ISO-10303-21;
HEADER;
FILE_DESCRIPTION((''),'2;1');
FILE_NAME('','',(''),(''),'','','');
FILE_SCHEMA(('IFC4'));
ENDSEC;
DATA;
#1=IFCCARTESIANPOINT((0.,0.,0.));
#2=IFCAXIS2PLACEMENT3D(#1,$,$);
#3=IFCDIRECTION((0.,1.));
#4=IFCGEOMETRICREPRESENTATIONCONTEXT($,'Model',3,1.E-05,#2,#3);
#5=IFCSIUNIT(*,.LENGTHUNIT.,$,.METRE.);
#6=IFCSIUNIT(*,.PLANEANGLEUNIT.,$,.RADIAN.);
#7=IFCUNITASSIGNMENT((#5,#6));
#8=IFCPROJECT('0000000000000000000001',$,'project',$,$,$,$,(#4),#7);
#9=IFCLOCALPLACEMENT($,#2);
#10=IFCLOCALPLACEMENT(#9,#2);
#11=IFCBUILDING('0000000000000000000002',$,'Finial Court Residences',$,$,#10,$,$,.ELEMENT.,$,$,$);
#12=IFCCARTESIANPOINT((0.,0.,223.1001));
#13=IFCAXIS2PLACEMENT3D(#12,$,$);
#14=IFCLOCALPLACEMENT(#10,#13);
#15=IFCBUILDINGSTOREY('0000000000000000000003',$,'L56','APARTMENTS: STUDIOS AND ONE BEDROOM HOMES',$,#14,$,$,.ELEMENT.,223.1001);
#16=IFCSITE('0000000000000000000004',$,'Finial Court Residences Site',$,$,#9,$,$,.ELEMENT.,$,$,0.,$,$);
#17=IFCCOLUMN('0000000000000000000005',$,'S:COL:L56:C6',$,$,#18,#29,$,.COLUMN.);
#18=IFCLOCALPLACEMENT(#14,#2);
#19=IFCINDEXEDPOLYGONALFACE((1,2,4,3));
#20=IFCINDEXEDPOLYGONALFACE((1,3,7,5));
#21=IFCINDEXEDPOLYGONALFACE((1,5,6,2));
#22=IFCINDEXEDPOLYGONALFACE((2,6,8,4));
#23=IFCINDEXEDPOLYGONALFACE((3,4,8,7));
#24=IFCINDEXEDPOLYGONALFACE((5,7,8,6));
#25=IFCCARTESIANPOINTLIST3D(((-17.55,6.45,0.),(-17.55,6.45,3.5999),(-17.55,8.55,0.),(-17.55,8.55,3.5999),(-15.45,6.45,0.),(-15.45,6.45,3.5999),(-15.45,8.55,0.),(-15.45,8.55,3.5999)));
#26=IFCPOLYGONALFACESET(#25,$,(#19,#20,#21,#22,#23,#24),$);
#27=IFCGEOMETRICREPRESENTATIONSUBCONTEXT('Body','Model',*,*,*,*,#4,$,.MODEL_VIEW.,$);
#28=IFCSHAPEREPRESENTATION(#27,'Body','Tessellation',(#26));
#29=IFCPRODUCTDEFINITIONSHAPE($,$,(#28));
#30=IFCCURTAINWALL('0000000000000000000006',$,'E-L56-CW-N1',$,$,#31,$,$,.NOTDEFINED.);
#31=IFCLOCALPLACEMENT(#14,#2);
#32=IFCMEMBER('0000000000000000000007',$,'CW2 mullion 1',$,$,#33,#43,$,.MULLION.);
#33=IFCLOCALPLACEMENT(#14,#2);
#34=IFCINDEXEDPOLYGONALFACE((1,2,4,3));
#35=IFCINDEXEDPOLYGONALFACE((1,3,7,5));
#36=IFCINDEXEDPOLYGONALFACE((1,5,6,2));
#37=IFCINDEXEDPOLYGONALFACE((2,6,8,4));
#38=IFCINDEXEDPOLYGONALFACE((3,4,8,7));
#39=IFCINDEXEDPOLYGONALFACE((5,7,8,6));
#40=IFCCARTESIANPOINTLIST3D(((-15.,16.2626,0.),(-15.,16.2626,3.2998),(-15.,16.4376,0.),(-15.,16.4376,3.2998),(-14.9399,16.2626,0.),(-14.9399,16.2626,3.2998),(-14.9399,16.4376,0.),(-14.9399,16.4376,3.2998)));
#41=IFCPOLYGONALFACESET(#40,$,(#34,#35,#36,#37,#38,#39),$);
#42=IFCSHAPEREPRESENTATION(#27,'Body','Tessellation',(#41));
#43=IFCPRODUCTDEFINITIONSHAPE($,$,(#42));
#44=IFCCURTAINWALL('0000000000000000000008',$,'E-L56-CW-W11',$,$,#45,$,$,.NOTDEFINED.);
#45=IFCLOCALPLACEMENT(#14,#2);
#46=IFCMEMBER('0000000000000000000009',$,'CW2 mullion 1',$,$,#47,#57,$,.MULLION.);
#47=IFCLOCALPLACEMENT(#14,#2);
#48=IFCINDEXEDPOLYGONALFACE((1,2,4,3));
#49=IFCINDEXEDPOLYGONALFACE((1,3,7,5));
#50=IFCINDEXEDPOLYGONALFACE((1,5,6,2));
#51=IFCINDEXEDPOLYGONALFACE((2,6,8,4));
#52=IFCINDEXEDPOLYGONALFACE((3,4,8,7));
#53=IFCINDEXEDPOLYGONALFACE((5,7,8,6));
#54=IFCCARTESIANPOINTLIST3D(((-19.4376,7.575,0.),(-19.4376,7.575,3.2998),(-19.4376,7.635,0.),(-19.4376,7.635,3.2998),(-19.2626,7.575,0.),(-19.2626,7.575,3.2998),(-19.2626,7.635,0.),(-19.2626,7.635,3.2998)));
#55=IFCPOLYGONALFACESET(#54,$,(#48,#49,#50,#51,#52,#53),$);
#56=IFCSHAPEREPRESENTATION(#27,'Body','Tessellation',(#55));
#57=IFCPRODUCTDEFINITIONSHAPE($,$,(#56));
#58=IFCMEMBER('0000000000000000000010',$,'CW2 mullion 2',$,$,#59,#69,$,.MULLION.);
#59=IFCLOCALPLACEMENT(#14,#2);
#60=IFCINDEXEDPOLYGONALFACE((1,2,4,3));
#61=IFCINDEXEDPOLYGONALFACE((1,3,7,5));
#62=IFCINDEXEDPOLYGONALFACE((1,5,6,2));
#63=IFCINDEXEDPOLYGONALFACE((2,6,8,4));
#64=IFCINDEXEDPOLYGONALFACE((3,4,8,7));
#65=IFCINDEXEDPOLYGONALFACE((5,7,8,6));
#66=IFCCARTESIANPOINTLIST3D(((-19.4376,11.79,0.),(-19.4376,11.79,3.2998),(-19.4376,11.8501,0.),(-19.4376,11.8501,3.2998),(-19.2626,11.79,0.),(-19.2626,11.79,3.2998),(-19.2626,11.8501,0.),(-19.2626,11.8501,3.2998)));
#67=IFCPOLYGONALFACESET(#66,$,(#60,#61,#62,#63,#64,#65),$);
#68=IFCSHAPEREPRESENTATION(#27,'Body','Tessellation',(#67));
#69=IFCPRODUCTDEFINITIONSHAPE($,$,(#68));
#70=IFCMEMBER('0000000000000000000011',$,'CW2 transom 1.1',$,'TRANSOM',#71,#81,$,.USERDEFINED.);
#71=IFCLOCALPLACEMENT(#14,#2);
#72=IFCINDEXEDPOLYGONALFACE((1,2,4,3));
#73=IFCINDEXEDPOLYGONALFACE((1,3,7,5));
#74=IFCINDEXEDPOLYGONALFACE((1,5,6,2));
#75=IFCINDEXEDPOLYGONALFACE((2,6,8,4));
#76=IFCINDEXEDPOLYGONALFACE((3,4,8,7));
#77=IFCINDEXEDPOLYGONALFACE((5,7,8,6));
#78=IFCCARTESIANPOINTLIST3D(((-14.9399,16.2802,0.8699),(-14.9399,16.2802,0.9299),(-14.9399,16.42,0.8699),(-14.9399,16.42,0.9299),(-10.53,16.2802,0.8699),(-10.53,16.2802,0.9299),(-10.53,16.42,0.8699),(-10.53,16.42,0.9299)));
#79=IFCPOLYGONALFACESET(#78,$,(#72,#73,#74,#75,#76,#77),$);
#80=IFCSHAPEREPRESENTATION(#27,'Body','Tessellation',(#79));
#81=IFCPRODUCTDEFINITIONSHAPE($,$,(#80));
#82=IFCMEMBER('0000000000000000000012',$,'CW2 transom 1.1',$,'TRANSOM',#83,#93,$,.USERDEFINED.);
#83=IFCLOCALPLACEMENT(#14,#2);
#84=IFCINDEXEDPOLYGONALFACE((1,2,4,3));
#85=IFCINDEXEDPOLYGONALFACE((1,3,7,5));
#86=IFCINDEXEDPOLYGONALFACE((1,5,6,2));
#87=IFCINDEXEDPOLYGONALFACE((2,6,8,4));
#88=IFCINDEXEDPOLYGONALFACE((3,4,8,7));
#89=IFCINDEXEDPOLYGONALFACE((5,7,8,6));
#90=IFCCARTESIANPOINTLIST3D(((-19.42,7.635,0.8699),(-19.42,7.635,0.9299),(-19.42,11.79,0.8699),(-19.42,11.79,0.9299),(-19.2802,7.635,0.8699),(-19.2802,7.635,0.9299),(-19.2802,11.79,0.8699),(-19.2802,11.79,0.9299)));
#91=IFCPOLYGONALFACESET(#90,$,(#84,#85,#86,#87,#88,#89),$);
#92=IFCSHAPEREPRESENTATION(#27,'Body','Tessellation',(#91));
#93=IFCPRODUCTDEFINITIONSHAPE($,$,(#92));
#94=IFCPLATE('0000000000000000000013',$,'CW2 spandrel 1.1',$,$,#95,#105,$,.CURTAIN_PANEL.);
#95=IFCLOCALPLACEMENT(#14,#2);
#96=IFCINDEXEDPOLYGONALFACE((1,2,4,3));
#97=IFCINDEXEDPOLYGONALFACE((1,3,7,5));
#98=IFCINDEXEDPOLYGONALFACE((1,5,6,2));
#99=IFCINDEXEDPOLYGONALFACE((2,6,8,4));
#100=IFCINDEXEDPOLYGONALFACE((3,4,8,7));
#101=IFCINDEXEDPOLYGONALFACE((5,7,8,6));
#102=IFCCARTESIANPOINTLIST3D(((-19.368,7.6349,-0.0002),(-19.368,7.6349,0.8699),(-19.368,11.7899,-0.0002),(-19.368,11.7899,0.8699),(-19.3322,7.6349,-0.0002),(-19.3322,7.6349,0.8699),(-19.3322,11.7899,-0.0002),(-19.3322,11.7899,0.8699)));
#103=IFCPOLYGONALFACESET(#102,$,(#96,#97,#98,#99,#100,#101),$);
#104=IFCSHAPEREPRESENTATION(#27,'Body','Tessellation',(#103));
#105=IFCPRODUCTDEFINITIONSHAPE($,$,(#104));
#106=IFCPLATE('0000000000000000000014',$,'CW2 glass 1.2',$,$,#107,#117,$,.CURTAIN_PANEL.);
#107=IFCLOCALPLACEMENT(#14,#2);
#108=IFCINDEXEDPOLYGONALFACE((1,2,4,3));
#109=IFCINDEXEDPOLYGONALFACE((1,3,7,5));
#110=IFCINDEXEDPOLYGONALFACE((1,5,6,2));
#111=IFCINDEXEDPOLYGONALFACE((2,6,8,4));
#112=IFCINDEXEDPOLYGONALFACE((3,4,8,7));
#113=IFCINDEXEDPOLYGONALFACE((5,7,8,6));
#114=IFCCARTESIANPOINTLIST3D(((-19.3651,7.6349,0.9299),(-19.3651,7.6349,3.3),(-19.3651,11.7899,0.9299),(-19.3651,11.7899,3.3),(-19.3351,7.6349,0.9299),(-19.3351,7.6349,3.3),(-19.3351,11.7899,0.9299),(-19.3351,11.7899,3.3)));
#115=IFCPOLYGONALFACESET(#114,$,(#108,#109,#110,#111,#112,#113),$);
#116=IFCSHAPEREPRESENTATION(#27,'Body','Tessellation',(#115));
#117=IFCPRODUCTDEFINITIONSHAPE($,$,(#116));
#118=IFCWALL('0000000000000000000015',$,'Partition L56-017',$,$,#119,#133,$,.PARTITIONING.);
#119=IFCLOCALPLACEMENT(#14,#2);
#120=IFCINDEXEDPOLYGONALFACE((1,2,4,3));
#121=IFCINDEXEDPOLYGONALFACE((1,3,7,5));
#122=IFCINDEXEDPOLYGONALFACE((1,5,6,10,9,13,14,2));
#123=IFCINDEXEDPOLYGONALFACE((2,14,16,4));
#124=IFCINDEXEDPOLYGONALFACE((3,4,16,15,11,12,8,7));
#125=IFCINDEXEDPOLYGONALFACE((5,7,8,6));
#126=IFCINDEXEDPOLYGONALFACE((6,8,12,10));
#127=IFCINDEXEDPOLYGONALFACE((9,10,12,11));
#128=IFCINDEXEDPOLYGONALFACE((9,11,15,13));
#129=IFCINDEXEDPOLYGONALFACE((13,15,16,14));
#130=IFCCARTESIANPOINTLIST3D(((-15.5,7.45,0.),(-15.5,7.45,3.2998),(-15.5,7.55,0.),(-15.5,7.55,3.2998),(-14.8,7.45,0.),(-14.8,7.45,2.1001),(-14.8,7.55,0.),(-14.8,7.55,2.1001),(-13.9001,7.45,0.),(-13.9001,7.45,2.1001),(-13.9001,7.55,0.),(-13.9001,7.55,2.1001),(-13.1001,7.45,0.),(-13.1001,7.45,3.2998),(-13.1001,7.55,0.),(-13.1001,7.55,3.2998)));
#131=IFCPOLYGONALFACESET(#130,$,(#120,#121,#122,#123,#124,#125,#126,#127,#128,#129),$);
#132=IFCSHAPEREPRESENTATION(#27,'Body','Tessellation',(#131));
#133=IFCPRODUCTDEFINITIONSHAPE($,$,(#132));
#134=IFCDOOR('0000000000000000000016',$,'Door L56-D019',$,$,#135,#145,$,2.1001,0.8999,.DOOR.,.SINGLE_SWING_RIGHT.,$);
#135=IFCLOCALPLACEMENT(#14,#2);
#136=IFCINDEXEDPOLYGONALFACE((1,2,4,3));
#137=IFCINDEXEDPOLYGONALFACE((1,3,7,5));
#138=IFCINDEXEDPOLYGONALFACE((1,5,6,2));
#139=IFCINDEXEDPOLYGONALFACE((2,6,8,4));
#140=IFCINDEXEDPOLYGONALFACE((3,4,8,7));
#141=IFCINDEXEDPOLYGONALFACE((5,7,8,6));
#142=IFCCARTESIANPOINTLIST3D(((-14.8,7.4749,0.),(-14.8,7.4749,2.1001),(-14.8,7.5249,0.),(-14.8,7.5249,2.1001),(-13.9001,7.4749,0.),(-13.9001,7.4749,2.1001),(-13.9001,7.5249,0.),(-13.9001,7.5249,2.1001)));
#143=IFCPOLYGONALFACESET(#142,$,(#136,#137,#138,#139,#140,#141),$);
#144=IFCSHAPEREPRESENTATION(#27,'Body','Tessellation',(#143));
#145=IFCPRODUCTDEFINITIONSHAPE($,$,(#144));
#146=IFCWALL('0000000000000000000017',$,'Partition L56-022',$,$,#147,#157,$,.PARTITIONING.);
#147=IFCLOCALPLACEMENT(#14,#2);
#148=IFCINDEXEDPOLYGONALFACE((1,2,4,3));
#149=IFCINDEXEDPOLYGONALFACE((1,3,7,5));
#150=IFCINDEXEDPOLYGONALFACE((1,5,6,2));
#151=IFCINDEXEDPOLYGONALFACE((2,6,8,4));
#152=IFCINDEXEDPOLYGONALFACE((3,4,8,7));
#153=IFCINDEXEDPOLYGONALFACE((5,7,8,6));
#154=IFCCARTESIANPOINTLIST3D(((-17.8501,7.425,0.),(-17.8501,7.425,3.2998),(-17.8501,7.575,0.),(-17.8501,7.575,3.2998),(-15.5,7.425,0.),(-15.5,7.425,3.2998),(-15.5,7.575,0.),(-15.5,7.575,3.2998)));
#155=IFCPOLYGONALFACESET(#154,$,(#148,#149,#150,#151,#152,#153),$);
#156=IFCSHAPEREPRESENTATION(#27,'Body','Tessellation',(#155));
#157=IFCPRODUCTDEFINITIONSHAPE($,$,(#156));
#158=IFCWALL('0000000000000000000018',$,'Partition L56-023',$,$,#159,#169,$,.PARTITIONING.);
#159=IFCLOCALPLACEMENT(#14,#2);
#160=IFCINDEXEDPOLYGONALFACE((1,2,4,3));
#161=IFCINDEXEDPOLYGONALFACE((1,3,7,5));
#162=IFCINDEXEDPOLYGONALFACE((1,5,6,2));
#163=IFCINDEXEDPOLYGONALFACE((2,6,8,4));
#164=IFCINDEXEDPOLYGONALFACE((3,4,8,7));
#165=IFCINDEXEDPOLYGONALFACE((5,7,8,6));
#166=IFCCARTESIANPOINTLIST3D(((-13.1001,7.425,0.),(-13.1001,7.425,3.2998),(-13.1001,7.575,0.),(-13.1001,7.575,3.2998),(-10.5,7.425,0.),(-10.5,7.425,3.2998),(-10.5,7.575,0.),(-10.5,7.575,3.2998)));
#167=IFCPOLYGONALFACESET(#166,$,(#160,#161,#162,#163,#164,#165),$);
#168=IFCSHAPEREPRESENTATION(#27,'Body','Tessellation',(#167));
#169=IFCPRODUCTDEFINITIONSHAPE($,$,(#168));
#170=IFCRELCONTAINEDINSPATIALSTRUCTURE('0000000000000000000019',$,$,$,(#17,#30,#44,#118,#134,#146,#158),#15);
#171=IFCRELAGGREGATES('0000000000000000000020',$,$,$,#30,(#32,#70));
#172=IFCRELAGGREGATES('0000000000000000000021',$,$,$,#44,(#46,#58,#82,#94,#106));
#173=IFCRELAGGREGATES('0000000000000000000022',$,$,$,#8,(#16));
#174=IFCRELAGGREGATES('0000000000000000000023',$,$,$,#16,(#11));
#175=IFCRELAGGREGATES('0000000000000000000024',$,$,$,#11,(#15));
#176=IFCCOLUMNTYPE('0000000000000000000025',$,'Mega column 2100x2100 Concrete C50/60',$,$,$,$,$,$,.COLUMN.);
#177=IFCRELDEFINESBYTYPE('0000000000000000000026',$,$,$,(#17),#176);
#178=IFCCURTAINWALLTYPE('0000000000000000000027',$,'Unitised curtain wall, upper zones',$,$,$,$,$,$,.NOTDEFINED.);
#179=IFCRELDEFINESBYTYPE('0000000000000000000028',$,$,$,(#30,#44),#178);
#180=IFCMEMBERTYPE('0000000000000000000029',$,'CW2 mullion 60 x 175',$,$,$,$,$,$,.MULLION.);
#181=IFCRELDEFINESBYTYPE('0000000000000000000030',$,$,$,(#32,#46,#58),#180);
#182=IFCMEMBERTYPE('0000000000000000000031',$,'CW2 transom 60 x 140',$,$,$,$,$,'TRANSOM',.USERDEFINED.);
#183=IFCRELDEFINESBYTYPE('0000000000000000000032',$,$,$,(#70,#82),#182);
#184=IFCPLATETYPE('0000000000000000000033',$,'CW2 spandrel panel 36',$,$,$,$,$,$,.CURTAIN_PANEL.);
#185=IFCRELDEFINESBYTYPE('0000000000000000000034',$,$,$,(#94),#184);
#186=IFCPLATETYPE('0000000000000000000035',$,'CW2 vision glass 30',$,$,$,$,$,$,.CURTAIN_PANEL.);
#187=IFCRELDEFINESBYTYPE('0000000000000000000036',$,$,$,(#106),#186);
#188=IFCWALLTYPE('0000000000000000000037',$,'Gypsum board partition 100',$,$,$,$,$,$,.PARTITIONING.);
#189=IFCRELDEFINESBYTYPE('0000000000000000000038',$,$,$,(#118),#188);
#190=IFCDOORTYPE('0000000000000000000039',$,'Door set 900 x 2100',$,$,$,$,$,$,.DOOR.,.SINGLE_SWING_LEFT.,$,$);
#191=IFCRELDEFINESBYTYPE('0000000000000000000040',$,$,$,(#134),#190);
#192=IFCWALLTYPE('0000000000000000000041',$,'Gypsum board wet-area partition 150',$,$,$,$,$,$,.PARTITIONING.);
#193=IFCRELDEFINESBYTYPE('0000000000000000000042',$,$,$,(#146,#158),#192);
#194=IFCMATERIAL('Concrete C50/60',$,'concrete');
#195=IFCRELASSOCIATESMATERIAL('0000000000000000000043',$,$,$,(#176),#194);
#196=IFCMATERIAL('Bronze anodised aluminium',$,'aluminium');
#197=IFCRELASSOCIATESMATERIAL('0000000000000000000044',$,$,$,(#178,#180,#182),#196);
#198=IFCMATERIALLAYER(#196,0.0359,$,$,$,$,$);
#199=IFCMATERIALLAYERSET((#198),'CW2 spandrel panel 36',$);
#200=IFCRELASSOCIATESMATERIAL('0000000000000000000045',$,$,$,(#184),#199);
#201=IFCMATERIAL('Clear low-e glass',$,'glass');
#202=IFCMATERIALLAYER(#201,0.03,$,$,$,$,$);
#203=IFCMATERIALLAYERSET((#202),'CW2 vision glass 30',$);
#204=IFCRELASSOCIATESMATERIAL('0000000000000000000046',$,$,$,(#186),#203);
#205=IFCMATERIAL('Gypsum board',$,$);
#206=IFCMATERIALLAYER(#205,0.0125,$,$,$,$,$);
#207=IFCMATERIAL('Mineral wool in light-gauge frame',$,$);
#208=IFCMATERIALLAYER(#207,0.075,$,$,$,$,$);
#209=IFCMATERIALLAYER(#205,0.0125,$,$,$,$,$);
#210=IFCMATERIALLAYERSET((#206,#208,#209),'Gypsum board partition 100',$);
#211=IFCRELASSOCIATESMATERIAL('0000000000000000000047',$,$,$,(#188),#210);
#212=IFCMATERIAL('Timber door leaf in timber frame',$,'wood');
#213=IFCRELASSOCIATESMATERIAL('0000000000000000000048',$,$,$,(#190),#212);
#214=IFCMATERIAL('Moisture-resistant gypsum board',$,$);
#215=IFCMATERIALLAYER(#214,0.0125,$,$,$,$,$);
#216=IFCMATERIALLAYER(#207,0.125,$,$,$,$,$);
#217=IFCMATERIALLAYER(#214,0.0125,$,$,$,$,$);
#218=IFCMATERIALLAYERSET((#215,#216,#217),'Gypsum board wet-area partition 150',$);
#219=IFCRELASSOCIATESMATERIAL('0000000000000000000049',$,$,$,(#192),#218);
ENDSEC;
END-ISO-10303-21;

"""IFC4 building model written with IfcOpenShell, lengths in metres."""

from ifc_helpers import new_model, si_unit, direction, frame, frame_2d, origin, origin_2d, place, context, subcontext, project, spatial, rectangle, extrude, material, layer, layer_set, material_profile, profile_set, type_object, element, fill, aggregate, save


model = new_model("IFC4")

# Units and contexts
model_context = context("Model", 3, precision=1e-05, world=origin(), true_north=direction((0.0, 1.0)))
body_context = subcontext(model_context, "Body", "Model", "MODEL_VIEW")
ifc_project = project(units=[si_unit("LENGTHUNIT", "METRE"), si_unit("PLANEANGLEUNIT", "RADIAN")], contexts=[model_context])

# Site, building, storey
site_placement = place(None, origin())
site = spatial("IfcSite", under=ifc_project, at=site_placement, Name="Finial Court Residences Site", CompositionType="ELEMENT", RefElevation=0.0)
building_placement = place(site_placement, origin())
building = spatial("IfcBuilding", under=site, at=building_placement, Name="Finial Court Residences", CompositionType="ELEMENT")
storey_placement = place(building_placement, frame((0.0, 0.0, 223.1001)))
storey = spatial("IfcBuildingStorey", under=building, at=storey_placement, Name="L56", Description="APARTMENTS: STUDIOS AND ONE BEDROOM HOMES", CompositionType="ELEMENT", Elevation=223.1001)

# Column
ifc_material_1 = material(Name="Concrete C50/60", Category="concrete")
ifc_material_profile_1 = material_profile(ifc_material_1, rectangle(XDim=2.1001, YDim=2.1001, at=origin_2d()), Name="2100x2100")
ifc_profile_set_1 = profile_set([ifc_material_profile_1], Name="Concrete C50/60")
column_type = type_object("IfcColumnType", Name="Mega column 2100x2100 Concrete C50/60", PredefinedType="COLUMN", material=ifc_profile_set_1)
column_placement = place(storey_placement, frame((-16.5, 7.5, 0.0), z_axis=(0.0, 0.0, 1.0), x_axis=(1.0, 0.0, 0.0)))
element("IfcColumn", 1, at=column_placement, inside=storey, type_object=column_type, Name="S:COL:L56:C6", PredefinedType="COLUMN", context=body_context, shape_type="SweptSolid", body=[
    extrude(rectangle(XDim=2.1001, YDim=2.1001, at=origin_2d()), origin(), (0.0, 0.0, 1.0), 3.5999),
])

# Curtain wall, member
ifc_material_2 = material(Name="Bronze anodised aluminium", Category="aluminium")
curtain_wall_type = type_object("IfcCurtainWallType", Name="Unitised curtain wall, upper zones", PredefinedType="NOTDEFINED", material=ifc_material_2)
curtain_wall_1_placement = place(storey_placement, origin())
curtain_wall_1 = element("IfcCurtainWall", 2, at=curtain_wall_1_placement, inside=storey, type_object=curtain_wall_type, Name="E-L56-CW-N1", PredefinedType="NOTDEFINED")
ifc_material_profile_2 = material_profile(ifc_material_2, rectangle(XDim=0.175, YDim=0.0601, at=origin_2d()), Name="CW2 mullion 60 x 175")
ifc_profile_set_2 = profile_set([ifc_material_profile_2], Name="Bronze anodised aluminium")
member_type_1 = type_object("IfcMemberType", Name="CW2 mullion 60 x 175", PredefinedType="MULLION", material=ifc_profile_set_2)
member_1_placement = place(storey_placement, frame((-14.97, 16.3501, 0.0), z_axis=(0.0, 0.0, 1.0), x_axis=(0.0, 1.0, 0.0)))
member_1 = element("IfcMember", 3, at=member_1_placement, type_object=member_type_1, Name="CW2 mullion 1", PredefinedType="MULLION", context=body_context, shape_type="SweptSolid", body=[
    extrude(rectangle(XDim=0.175, YDim=0.0601, at=origin_2d()), origin(), (0.0, 0.0, 1.0), 3.2998),
])

# Curtain wall, members
curtain_wall_2_placement = place(storey_placement, origin())
curtain_wall_2 = element("IfcCurtainWall", 4, at=curtain_wall_2_placement, inside=storey, type_object=curtain_wall_type, Name="E-L56-CW-W11", PredefinedType="NOTDEFINED")
member_2_placement = place(storey_placement, frame((-19.3501, 7.605, 0.0), z_axis=(0.0, 0.0, 1.0), x_axis=(-1.0, 0.0, 0.0)))
member_2 = element("IfcMember", 5, at=member_2_placement, type_object=member_type_1, Name="CW2 mullion 1", PredefinedType="MULLION", context=body_context, shape_type="SweptSolid", body=[
    extrude(rectangle(XDim=0.175, YDim=0.0601, at=origin_2d()), origin(), (0.0, 0.0, 1.0), 3.2998),
])
member_3_placement = place(storey_placement, frame((-19.3501, 11.8201, 0.0), z_axis=(0.0, 0.0, 1.0), x_axis=(-1.0, 0.0, 0.0)))
member_3 = element("IfcMember", 6, at=member_3_placement, type_object=member_type_1, Name="CW2 mullion 2", PredefinedType="MULLION", context=body_context, shape_type="SweptSolid", body=[
    extrude(rectangle(XDim=0.175, YDim=0.0601, at=origin_2d()), origin(), (0.0, 0.0, 1.0), 3.2998),
])

# Members
ifc_material_profile_3 = material_profile(ifc_material_2, rectangle(XDim=0.1399, YDim=0.0601, at=origin_2d()), Name="CW2 transom 60 x 140")
ifc_profile_set_3 = profile_set([ifc_material_profile_3], Name="Bronze anodised aluminium")
member_type_2 = type_object("IfcMemberType", Name="CW2 transom 60 x 140", ElementType="TRANSOM", PredefinedType="USERDEFINED", material=ifc_profile_set_3)
member_4_placement = place(storey_placement, frame((-14.9399, 16.3501, 0.8999), z_axis=(1.0, 0.0, 0.0), x_axis=(0.0, 1.0, 0.0)))
member_4 = element("IfcMember", 7, at=member_4_placement, type_object=member_type_2, Name="CW2 transom 1.1", ObjectType="TRANSOM", PredefinedType="USERDEFINED", context=body_context, shape_type="SweptSolid", body=[
    extrude(rectangle(XDim=0.1399, YDim=0.0601, at=origin_2d()), origin(), (0.0, 0.0, 1.0), 4.4099),
])
aggregate(curtain_wall_1, [member_1, member_4])
member_5_placement = place(storey_placement, frame((-19.3501, 7.635, 0.8999), z_axis=(0.0, 1.0, 0.0), x_axis=(-1.0, 0.0, 0.0)))
member_5 = element("IfcMember", 8, at=member_5_placement, type_object=member_type_2, Name="CW2 transom 1.1", ObjectType="TRANSOM", PredefinedType="USERDEFINED", context=body_context, shape_type="SweptSolid", body=[
    extrude(rectangle(XDim=0.1399, YDim=0.0601, at=origin_2d()), origin(), (0.0, 0.0, 1.0), 4.155),
])

# Plates
ifc_layer_1 = layer(ifc_material_2, 0.0359)
ifc_layer_set_1 = layer_set([ifc_layer_1], Name="CW2 spandrel panel 36")
plate_type_1 = type_object("IfcPlateType", Name="CW2 spandrel panel 36", PredefinedType="CURTAIN_PANEL", material=ifc_layer_set_1)
plate_1_placement = place(storey_placement, frame((-19.3501, 9.7124, -0.0002), z_axis=(0.0, 0.0, 1.0), x_axis=(0.0, 1.0, 0.0)))
plate_1 = element("IfcPlate", 9, at=plate_1_placement, type_object=plate_type_1, Name="CW2 spandrel 1.1", PredefinedType="CURTAIN_PANEL", context=body_context, shape_type="SweptSolid", body=[
    extrude(rectangle(XDim=4.155, YDim=0.0359, at=origin_2d()), origin(), (0.0, 0.0, 1.0), 0.8701),
])
ifc_material_3 = material(Name="Clear low-e glass", Category="glass")
ifc_layer_2 = layer(ifc_material_3, 0.03)
ifc_layer_set_2 = layer_set([ifc_layer_2], Name="CW2 vision glass 30")
plate_type_2 = type_object("IfcPlateType", Name="CW2 vision glass 30", PredefinedType="CURTAIN_PANEL", material=ifc_layer_set_2)
plate_2_placement = place(storey_placement, frame((-19.3501, 9.7124, 0.9299), z_axis=(0.0, 0.0, 1.0), x_axis=(0.0, 1.0, 0.0)))
plate_2 = element("IfcPlate", 10, at=plate_2_placement, type_object=plate_type_2, Name="CW2 glass 1.2", PredefinedType="CURTAIN_PANEL", context=body_context, shape_type="SweptSolid", body=[
    extrude(rectangle(XDim=4.155, YDim=0.03, at=origin_2d()), origin(), (0.0, 0.0, 1.0), 2.3701),
])
aggregate(curtain_wall_2, [member_2, member_3, member_5, plate_1, plate_2])

# Wall, opening, door
ifc_material_4 = material(Name="Gypsum board")
ifc_layer_3 = layer(ifc_material_4, 0.0125)
ifc_material_5 = material(Name="Mineral wool in light-gauge frame")
ifc_layer_4 = layer(ifc_material_5, 0.075)
ifc_layer_5 = layer(ifc_material_4, 0.0125)
ifc_layer_set_3 = layer_set([ifc_layer_3, ifc_layer_4, ifc_layer_5], Name="Gypsum board partition 100")
wall_type_1 = type_object("IfcWallType", Name="Gypsum board partition 100", PredefinedType="PARTITIONING", material=ifc_layer_set_3)
wall_1_placement = place(storey_placement, frame((-15.5, 7.5, 0.0), z_axis=(0.0, 0.0, 1.0), x_axis=(1.0, 0.0, 0.0)))
wall_1 = element("IfcWall", 11, at=wall_1_placement, inside=storey, type_object=wall_type_1, Name="Partition L56-017", PredefinedType="PARTITIONING", context=body_context, shape_type="SweptSolid", body=[
    extrude(rectangle(XDim=2.3999, YDim=0.1001, at=frame_2d((1.2, 0.0))), origin(), (0.0, 0.0, 1.0), 3.2998),
])
opening_1_placement = place(wall_1_placement, frame((0.7, 0.0, 0.0)))
opening_1 = element("IfcOpeningElement", 12, at=opening_1_placement, cuts=wall_1, PredefinedType="OPENING", context=body_context, shape_type="SweptSolid", body=[
    extrude(rectangle(XDim=0.8999, YDim=2.1001, at=frame_2d((0.45, 1.05))), frame((0.0, 0.0601, 0.0), z_axis=(0.0, -1.0, 0.0), x_axis=(1.0, 0.0, 0.0)), (0.0, 0.0, 1.0), 0.1201),
])
ifc_material_6 = material(Name="Timber door leaf in timber frame", Category="wood")
door_type = type_object("IfcDoorType", Name="Door set 900 x 2100", OperationType="SINGLE_SWING_LEFT", PredefinedType="DOOR", material=ifc_material_6)
door_placement = place(opening_1_placement, origin())
door = element("IfcDoor", 13, at=door_placement, inside=storey, type_object=door_type, Name="Door L56-D019", OperationType="SINGLE_SWING_RIGHT", OverallHeight=2.1001, OverallWidth=0.8999, PredefinedType="DOOR", context=body_context, shape_type="SweptSolid", body=[
    extrude(rectangle(XDim=0.8999, YDim=2.1001, at=frame_2d((0.45, 1.05))), frame((0.0, 0.0249, 0.0), z_axis=(0.0, -1.0, 0.0), x_axis=(1.0, 0.0, 0.0)), (0.0, 0.0, 1.0), 0.05),
])
fill(opening_1, door)

# Walls
ifc_material_7 = material(Name="Moisture-resistant gypsum board")
ifc_layer_6 = layer(ifc_material_7, 0.0125)
ifc_layer_7 = layer(ifc_material_5, 0.125)
ifc_layer_8 = layer(ifc_material_7, 0.0125)
ifc_layer_set_4 = layer_set([ifc_layer_6, ifc_layer_7, ifc_layer_8], Name="Gypsum board wet-area partition 150")
wall_type_2 = type_object("IfcWallType", Name="Gypsum board wet-area partition 150", PredefinedType="PARTITIONING", material=ifc_layer_set_4)
wall_2_placement = place(storey_placement, frame((-17.8501, 7.5, 0.0), z_axis=(0.0, 0.0, 1.0), x_axis=(1.0, 0.0, 0.0)))
element("IfcWall", 14, at=wall_2_placement, inside=storey, type_object=wall_type_2, Name="Partition L56-022", PredefinedType="PARTITIONING", context=body_context, shape_type="SweptSolid", body=[
    extrude(rectangle(XDim=2.3501, YDim=0.1499, at=frame_2d((1.175, 0.0))), origin(), (0.0, 0.0, 1.0), 3.2998),
])
wall_3_placement = place(storey_placement, frame((-13.1001, 7.5, 0.0), z_axis=(0.0, 0.0, 1.0), x_axis=(1.0, 0.0, 0.0)))
element("IfcWall", 15, at=wall_3_placement, inside=storey, type_object=wall_type_2, Name="Partition L56-023", PredefinedType="PARTITIONING", context=body_context, shape_type="SweptSolid", body=[
    extrude(rectangle(XDim=2.6001, YDim=0.1499, at=frame_2d((1.3, 0.0))), origin(), (0.0, 0.0, 1.0), 3.2998),
])

save(model, "model.ifc")
